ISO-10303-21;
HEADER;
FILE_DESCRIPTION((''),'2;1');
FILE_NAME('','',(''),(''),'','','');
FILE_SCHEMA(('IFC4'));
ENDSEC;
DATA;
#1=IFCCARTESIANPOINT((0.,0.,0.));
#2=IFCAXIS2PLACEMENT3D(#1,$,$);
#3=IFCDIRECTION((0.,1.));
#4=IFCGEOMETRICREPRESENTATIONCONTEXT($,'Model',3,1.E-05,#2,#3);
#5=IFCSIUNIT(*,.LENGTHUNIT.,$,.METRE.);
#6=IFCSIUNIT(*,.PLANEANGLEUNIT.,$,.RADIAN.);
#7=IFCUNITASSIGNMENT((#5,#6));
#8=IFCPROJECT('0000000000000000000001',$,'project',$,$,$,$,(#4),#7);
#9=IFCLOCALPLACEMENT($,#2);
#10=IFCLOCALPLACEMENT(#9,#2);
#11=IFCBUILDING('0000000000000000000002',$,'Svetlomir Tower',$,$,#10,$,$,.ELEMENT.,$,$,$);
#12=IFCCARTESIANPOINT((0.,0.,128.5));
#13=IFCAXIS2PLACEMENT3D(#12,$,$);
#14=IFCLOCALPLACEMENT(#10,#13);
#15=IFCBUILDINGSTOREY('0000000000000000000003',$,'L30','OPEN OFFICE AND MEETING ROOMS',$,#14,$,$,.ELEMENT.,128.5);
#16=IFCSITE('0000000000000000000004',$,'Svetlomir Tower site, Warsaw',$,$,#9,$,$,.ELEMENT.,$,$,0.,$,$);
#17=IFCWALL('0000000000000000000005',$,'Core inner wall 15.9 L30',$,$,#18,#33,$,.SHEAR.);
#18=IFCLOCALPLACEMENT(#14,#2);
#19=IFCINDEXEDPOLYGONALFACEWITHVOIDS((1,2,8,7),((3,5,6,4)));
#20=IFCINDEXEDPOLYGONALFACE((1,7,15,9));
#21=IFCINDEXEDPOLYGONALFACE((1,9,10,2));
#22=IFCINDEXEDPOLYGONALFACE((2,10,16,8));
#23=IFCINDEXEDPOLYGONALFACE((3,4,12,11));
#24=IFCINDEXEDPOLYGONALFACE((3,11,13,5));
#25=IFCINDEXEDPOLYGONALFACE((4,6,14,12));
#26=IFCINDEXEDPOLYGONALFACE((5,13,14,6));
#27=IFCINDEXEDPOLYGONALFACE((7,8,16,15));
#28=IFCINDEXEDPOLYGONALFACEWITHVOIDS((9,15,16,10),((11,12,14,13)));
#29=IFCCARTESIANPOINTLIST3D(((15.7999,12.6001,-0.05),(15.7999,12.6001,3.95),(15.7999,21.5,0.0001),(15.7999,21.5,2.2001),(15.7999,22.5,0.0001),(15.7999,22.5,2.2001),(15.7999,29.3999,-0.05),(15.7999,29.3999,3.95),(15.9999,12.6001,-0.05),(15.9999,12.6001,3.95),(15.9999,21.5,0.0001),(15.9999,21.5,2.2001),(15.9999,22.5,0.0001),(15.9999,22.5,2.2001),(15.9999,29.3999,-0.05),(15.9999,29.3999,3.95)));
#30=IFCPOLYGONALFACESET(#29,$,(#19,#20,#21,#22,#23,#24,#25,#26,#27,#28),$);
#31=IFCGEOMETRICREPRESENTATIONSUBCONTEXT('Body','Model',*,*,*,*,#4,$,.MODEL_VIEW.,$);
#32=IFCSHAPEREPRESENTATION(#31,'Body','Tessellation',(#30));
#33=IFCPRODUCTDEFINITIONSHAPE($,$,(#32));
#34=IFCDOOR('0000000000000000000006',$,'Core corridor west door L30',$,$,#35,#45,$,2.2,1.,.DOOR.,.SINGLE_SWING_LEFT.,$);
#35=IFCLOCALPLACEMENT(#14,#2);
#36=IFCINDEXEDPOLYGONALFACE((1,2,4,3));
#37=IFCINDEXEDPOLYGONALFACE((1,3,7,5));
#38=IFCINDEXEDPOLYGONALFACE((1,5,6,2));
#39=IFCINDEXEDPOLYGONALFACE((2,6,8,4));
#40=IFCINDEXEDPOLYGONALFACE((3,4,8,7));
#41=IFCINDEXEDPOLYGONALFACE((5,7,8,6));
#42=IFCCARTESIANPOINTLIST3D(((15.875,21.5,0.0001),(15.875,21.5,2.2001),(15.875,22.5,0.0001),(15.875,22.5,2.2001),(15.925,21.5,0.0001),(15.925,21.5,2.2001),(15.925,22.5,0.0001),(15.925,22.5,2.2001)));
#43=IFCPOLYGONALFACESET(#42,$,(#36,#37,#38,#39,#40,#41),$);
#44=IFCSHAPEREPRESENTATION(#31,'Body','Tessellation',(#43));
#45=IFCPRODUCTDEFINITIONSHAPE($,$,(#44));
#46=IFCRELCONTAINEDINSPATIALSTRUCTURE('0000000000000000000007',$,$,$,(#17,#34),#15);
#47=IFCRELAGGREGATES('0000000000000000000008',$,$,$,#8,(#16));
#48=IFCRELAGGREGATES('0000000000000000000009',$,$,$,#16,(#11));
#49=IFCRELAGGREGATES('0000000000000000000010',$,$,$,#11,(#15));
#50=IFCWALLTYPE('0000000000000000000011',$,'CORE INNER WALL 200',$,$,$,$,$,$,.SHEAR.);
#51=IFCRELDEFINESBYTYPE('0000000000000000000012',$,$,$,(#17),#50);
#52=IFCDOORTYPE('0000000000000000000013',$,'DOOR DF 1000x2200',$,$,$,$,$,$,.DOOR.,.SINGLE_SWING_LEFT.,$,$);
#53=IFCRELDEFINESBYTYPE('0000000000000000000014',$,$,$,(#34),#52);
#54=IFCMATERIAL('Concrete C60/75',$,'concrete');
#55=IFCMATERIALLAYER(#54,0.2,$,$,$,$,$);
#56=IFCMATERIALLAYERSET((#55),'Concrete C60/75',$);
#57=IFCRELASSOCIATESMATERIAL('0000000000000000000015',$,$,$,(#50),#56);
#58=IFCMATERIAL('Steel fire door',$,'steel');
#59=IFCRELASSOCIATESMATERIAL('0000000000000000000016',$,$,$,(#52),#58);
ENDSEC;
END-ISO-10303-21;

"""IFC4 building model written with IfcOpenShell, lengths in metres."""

from ifc_helpers import new_model, si_unit, direction, frame, frame_2d, origin, place, context, subcontext, project, spatial, rectangle, extrude, material, layer, layer_set, type_object, element, fill, save


model = new_model("IFC4")

# Units and contexts
model_context = context("Model", 3, precision=1e-05, world=origin(), true_north=direction((0.0, 1.0)))
body_context = subcontext(model_context, "Body", "Model", "MODEL_VIEW")
ifc_project = project(units=[si_unit("LENGTHUNIT", "METRE"), si_unit("PLANEANGLEUNIT", "RADIAN")], contexts=[model_context])

# Site, building, storey
site_placement = place(None, origin())
site = spatial("IfcSite", under=ifc_project, at=site_placement, Name="Svetlomir Tower site, Warsaw", CompositionType="ELEMENT", RefElevation=0.0)
building_placement = place(site_placement, origin())
building = spatial("IfcBuilding", under=site, at=building_placement, Name="Svetlomir Tower", CompositionType="ELEMENT")
storey_placement = place(building_placement, frame((0.0, 0.0, 128.5)))
storey = spatial("IfcBuildingStorey", under=building, at=storey_placement, Name="L30", Description="OPEN OFFICE AND MEETING ROOMS", CompositionType="ELEMENT", Elevation=128.5)

# Wall, opening, door
ifc_material_1 = material(Name="Concrete C60/75", Category="concrete")
ifc_layer_1 = layer(ifc_material_1, 0.2)
ifc_layer_set_1 = layer_set([ifc_layer_1], Name="Concrete C60/75")
wall_type_1 = type_object("IfcWallType", Name="CORE INNER WALL 200", PredefinedType="SHEAR", material=ifc_layer_set_1)
wall_1_placement = place(storey_placement, frame((15.8999, 12.6001, -0.05), z_axis=(0.0, 0.0, 1.0), x_axis=(0.0, 1.0, 0.0)))
wall_1 = element("IfcWall", 1, at=wall_1_placement, inside=storey, type_object=wall_type_1, Name="Core inner wall 15.9 L30", PredefinedType="SHEAR", context=body_context, shape_type="SweptSolid", body=[
    extrude(rectangle(XDim=16.7998, YDim=0.2, at=frame_2d((8.3999, 0.0))), origin(), (0.0, 0.0, 1.0), 4.0),
])
opening_1_placement = place(wall_1_placement, frame((8.8999, 0.0, 0.05)))
opening_1 = element("IfcOpeningElement", 2, at=opening_1_placement, cuts=wall_1, PredefinedType="OPENING", context=body_context, shape_type="SweptSolid", body=[
    extrude(rectangle(XDim=1.0, YDim=2.2, at=frame_2d((0.5, 1.1001))), frame((0.0, 0.1099, 0.0), z_axis=(0.0, -1.0, 0.0), x_axis=(1.0, 0.0, 0.0)), (0.0, 0.0, 1.0), 0.22),
])
ifc_material_2 = material(Name="Steel fire door", Category="steel")
door_type_1 = type_object("IfcDoorType", Name="DOOR DF 1000x2200", OperationType="SINGLE_SWING_LEFT", PredefinedType="DOOR", material=ifc_material_2)
door_1_placement = place(opening_1_placement, origin())
door_1 = element("IfcDoor", 3, at=door_1_placement, inside=storey, type_object=door_type_1, Name="Core corridor west door L30", OperationType="SINGLE_SWING_LEFT", OverallHeight=2.2, OverallWidth=1.0, PredefinedType="DOOR", context=body_context, shape_type="SweptSolid", body=[
    extrude(rectangle(XDim=1.0, YDim=2.2, at=frame_2d((0.5, 1.1001))), frame((0.0, 0.0249, 0.0), z_axis=(0.0, -1.0, 0.0), x_axis=(1.0, 0.0, 0.0)), (0.0, 0.0, 1.0), 0.05),
])
fill(opening_1, door_1)

save(model, "model.ifc")
